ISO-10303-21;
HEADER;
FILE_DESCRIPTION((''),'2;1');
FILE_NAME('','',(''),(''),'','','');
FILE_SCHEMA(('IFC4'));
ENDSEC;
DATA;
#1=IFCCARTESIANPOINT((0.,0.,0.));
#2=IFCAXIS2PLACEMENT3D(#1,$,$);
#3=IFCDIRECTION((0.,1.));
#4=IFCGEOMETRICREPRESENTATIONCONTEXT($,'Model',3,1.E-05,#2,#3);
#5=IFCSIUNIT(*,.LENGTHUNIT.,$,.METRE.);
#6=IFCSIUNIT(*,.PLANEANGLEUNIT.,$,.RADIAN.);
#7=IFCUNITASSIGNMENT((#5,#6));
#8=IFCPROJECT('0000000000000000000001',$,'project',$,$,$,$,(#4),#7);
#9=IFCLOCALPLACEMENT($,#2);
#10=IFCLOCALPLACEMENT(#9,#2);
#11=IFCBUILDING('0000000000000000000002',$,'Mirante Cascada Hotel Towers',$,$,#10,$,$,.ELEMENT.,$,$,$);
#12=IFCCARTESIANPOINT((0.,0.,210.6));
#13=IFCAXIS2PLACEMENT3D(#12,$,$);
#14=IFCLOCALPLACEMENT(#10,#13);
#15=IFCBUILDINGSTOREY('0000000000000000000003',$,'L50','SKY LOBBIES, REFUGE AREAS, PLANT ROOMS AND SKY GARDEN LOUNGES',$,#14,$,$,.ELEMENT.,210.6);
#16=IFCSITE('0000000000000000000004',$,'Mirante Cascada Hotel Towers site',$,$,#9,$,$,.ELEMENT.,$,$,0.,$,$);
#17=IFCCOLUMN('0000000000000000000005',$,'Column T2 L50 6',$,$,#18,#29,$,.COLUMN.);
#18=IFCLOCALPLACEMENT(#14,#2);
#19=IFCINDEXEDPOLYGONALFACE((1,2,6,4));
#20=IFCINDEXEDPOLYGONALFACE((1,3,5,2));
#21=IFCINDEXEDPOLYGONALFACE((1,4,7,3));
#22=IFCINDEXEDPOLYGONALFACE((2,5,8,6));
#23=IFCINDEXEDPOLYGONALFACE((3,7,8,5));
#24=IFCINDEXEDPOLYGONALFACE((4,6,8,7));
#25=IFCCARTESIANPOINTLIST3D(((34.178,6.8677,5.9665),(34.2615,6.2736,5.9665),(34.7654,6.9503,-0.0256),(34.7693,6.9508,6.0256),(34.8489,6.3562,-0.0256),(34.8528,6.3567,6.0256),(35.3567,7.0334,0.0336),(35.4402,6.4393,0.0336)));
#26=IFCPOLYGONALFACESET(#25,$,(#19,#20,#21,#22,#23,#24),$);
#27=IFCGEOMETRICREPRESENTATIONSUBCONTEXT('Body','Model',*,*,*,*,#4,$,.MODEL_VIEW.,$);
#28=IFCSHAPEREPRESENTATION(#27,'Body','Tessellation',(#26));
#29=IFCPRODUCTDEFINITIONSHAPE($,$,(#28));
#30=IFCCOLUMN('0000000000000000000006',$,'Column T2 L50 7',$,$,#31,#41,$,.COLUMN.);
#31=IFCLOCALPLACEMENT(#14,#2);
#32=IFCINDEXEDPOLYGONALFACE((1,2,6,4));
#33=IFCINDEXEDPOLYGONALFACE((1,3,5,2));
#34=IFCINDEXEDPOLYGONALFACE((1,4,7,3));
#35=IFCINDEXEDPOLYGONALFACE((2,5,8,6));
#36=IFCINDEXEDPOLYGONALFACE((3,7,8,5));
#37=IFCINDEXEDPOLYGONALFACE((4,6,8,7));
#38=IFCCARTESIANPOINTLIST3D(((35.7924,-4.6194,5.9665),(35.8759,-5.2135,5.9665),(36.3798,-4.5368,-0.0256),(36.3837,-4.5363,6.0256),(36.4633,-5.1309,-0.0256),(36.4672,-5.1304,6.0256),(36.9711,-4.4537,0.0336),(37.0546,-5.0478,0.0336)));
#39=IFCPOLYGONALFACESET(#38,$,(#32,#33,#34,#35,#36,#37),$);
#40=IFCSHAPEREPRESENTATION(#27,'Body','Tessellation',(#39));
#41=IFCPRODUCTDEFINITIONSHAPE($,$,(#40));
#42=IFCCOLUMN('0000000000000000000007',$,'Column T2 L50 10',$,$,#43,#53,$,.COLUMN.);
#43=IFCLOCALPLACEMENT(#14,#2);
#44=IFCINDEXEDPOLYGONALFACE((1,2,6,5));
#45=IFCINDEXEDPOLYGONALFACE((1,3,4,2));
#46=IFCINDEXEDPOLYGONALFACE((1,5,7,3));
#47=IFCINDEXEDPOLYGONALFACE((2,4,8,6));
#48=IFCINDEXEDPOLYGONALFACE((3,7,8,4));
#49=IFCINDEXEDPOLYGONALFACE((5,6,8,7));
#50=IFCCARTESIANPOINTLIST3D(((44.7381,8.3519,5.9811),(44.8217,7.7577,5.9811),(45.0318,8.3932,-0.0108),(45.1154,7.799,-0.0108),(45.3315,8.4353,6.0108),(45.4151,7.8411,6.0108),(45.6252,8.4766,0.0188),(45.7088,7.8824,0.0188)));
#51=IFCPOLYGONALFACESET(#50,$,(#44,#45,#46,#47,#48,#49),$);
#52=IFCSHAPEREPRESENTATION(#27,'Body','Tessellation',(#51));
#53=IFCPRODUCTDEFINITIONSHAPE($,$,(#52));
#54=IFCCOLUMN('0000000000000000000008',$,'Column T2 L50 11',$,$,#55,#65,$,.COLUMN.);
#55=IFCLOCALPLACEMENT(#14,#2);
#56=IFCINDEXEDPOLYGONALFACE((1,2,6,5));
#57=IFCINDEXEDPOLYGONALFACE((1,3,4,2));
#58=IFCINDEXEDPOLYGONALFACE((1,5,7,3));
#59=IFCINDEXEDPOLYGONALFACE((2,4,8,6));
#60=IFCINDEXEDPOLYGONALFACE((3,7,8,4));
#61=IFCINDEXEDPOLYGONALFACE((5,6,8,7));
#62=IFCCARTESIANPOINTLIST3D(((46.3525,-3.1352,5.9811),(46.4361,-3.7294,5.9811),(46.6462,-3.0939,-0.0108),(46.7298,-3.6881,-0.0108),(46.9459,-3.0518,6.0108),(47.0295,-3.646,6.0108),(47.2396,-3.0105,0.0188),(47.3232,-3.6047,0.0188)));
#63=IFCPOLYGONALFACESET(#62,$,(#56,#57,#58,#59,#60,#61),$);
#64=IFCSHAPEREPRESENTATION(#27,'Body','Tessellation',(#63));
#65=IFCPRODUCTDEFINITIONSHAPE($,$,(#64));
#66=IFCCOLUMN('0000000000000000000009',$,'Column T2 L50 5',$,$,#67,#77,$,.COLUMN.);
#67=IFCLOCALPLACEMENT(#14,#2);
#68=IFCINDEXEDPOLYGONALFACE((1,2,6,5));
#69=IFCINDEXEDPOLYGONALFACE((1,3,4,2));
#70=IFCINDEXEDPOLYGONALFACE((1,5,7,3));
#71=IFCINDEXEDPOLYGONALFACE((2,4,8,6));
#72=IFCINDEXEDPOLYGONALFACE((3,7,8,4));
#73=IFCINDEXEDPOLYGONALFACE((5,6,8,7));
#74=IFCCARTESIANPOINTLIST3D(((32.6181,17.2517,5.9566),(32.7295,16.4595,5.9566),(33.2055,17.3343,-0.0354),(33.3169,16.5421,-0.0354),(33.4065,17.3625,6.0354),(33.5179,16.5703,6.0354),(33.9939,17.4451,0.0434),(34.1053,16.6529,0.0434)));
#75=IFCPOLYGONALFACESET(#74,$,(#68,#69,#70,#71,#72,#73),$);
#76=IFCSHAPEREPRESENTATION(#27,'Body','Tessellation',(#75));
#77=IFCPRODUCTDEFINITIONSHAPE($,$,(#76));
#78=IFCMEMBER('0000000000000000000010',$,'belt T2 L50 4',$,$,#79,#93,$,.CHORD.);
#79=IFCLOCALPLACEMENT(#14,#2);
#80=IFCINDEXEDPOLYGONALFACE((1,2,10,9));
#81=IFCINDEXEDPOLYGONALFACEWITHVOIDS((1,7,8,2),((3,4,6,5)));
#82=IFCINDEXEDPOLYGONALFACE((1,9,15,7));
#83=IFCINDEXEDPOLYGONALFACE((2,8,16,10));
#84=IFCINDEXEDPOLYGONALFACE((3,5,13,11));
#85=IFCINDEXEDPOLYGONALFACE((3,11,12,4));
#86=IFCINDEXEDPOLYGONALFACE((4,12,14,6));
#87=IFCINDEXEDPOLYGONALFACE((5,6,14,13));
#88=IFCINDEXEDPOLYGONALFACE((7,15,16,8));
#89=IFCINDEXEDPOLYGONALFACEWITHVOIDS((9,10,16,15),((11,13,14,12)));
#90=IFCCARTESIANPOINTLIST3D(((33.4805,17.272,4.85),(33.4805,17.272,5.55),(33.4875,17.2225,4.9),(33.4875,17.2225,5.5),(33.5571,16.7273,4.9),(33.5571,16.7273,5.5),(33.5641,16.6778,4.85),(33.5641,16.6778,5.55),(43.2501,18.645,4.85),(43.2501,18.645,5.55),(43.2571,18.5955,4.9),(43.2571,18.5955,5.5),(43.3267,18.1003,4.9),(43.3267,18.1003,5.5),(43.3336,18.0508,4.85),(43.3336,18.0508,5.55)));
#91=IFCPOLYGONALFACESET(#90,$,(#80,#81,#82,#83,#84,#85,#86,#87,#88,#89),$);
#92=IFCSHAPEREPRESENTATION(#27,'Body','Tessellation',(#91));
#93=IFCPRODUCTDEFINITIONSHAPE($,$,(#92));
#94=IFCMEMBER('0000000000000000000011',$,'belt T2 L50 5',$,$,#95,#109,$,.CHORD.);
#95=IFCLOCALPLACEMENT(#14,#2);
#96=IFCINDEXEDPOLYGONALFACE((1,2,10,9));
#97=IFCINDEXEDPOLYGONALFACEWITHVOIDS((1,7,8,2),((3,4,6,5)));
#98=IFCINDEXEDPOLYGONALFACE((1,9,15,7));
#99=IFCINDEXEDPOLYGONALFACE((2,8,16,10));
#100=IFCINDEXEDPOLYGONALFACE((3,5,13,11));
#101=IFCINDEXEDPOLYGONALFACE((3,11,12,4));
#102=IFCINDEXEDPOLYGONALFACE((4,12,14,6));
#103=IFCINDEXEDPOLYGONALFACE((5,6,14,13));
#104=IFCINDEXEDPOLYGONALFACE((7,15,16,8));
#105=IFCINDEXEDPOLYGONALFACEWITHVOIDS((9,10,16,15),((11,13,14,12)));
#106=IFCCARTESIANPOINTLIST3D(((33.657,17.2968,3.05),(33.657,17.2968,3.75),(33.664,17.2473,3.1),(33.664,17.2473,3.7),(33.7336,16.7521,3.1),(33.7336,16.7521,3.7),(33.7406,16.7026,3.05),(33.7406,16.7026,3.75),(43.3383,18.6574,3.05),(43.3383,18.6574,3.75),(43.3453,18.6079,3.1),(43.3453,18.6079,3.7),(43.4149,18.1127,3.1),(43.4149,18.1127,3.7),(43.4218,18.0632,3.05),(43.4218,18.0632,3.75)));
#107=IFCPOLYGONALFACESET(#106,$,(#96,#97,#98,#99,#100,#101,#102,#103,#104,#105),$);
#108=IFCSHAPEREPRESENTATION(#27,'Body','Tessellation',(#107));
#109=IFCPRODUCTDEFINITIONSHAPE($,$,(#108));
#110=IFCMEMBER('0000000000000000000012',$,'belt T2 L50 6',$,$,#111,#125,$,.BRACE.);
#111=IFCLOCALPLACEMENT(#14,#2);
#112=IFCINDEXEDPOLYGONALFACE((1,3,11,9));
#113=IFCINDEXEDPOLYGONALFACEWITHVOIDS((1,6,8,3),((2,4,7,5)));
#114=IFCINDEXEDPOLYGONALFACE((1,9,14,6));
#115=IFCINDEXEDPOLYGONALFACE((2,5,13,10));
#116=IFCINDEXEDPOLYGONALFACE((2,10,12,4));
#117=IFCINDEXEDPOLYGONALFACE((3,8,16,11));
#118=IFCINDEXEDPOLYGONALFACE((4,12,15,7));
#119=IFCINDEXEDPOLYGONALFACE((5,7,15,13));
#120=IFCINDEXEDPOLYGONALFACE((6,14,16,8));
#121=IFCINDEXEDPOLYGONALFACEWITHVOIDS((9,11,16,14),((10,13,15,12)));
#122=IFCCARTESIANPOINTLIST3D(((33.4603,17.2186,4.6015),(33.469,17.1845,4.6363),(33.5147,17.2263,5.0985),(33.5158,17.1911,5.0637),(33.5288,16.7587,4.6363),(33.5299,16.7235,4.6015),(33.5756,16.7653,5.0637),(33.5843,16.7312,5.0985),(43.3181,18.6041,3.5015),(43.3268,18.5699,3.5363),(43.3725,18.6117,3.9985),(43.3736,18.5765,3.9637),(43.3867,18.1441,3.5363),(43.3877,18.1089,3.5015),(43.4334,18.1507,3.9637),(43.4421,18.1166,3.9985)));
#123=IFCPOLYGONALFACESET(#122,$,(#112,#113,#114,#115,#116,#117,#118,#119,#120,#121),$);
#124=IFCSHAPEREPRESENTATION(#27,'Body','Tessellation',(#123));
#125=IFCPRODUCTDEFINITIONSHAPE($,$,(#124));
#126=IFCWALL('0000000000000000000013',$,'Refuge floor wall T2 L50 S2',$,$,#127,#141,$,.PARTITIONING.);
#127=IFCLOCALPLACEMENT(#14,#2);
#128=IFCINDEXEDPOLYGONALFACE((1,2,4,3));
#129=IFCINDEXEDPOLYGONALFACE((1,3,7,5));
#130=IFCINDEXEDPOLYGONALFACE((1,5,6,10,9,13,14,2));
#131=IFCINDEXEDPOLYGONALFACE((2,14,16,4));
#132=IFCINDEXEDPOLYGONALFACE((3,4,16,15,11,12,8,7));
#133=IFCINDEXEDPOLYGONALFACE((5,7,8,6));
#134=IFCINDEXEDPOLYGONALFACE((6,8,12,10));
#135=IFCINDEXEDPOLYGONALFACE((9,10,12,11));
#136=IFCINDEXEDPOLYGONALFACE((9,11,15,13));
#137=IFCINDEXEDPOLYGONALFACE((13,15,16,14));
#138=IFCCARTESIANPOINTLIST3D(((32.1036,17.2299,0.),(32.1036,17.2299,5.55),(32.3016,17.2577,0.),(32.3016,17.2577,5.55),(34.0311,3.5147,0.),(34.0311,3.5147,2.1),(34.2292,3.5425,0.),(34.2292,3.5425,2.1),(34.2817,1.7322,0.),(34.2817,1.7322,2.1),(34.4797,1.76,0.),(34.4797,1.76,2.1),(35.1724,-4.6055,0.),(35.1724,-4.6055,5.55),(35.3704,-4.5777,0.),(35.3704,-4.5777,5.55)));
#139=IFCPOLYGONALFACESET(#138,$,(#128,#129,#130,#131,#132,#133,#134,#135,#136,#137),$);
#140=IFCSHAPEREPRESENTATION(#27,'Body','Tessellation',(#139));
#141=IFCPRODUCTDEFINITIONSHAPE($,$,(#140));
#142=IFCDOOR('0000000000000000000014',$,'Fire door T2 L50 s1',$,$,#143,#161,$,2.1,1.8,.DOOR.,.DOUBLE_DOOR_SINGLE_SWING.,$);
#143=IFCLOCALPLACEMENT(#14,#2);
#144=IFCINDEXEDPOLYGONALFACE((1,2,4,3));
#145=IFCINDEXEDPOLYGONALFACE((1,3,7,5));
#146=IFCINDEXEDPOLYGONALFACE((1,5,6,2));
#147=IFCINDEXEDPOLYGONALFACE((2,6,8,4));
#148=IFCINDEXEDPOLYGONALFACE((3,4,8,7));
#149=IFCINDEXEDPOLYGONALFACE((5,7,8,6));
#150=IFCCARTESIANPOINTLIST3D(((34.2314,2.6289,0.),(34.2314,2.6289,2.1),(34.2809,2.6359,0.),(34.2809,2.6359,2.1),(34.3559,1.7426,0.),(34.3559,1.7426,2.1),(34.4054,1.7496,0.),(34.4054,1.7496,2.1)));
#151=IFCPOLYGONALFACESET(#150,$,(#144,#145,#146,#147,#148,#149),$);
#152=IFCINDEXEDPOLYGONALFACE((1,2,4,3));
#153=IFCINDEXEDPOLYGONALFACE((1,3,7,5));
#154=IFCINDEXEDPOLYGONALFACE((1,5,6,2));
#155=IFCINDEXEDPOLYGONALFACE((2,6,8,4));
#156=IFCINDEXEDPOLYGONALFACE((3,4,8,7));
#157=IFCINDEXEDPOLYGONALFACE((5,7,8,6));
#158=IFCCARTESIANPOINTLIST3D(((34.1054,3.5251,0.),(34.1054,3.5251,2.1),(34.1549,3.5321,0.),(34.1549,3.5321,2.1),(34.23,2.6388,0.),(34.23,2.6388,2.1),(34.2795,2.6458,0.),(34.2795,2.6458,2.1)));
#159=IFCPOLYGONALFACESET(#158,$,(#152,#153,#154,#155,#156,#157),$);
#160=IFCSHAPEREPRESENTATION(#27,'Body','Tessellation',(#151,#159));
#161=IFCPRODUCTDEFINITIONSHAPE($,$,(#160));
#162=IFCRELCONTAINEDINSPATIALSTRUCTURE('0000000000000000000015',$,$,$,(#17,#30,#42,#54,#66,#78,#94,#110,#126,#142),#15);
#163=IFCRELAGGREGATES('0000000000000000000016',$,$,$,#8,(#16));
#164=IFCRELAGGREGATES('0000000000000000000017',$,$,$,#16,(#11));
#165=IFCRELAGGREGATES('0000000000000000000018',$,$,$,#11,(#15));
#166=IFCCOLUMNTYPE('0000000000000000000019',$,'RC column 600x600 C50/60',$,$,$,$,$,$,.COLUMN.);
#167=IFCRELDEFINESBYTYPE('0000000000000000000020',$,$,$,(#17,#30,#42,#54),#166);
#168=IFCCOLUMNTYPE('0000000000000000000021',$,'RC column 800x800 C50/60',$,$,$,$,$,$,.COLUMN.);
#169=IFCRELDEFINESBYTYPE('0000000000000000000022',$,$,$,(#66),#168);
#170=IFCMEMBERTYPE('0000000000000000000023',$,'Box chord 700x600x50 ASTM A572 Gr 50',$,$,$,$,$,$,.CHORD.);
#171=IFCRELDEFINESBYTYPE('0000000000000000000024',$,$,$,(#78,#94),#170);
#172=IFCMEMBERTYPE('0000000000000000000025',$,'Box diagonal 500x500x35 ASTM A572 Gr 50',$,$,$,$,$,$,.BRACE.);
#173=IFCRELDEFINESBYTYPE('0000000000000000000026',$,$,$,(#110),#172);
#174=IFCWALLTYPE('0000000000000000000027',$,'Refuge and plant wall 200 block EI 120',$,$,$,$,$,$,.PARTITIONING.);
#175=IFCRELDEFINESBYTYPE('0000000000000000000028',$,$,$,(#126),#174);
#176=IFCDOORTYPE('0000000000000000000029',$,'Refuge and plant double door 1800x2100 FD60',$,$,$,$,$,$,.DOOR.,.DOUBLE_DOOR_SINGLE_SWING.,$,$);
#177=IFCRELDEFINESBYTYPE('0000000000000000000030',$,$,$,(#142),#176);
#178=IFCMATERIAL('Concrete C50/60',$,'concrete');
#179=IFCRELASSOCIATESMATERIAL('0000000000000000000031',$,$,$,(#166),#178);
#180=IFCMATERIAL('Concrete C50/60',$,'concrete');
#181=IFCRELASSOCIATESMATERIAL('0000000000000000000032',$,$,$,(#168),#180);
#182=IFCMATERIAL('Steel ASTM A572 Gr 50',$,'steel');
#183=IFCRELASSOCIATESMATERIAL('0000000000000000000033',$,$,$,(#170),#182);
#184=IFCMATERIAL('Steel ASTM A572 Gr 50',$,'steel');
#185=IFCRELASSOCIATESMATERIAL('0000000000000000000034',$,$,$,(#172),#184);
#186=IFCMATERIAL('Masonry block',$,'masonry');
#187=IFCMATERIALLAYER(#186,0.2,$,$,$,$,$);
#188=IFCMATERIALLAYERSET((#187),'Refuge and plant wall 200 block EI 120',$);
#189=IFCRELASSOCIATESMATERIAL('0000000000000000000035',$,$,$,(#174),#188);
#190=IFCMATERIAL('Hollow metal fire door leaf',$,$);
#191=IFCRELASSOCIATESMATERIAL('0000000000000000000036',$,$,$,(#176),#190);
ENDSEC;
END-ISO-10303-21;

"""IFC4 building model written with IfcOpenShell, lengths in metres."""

from ifc_helpers import new_model, si_unit, direction, frame, frame_2d, origin, origin_2d, place, context, subcontext, project, spatial, rectangle, hollow_rectangle, extrude, material, layer, layer_set, material_profile, profile_set, type_object, element, fill, save


model = new_model("IFC4")

# Units and contexts
model_context = context("Model", 3, precision=1e-05, world=origin(), true_north=direction((0.0, 1.0)))
body_context = subcontext(model_context, "Body", "Model", "MODEL_VIEW")
ifc_project = project(units=[si_unit("LENGTHUNIT", "METRE"), si_unit("PLANEANGLEUNIT", "RADIAN")], contexts=[model_context])

# Site, building, storey
site_placement = place(None, origin())
site = spatial("IfcSite", under=ifc_project, at=site_placement, Name="Mirante Cascada Hotel Towers site", CompositionType="ELEMENT", RefElevation=0.0)
building_placement = place(site_placement, origin())
building = spatial("IfcBuilding", under=site, at=building_placement, Name="Mirante Cascada Hotel Towers", CompositionType="ELEMENT")
storey_placement = place(building_placement, frame((0.0, 0.0, 210.6)))
storey = spatial("IfcBuildingStorey", under=building, at=storey_placement, Name="L50", Description="SKY LOBBIES, REFUGE AREAS, PLANT ROOMS AND SKY GARDEN LOUNGES", CompositionType="ELEMENT", Elevation=210.6)

# Columns
ifc_material_1 = material(Name="Concrete C50/60", Category="concrete")
ifc_material_profile_1 = material_profile(ifc_material_1, rectangle(XDim=0.6, YDim=0.6, at=origin_2d()), Name="RC column 600x600 C50/60")
ifc_profile_set_1 = profile_set([ifc_material_profile_1], Name="Concrete C50/60")
column_type_1 = type_object("IfcColumnType", Name="RC column 600x600 C50/60", PredefinedType="COLUMN", material=ifc_profile_set_1)
for number, where, z_axis, x_axis, name in (
    (1, (35.1028, 6.6948, 0.004), (-0.097554, -0.013718, 0.995136), (0.13925, -0.990257, 0.0), "Column T2 L50 6"),
    (2, (36.7172, -4.7923, 0.004), (-0.097554, -0.013718, 0.995136), (0.13925, -0.990257, 0.0), "Column T2 L50 7"),
):
    element("IfcColumn", number, at=place(storey_placement, frame(where, z_axis=z_axis, x_axis=x_axis)), inside=storey, type_object=column_type_1, Name=name, PredefinedType="COLUMN", context=body_context, shape_type="SweptSolid", body=[
        extrude(rectangle(XDim=0.6, YDim=0.6, at=origin_2d()), origin(), (0.0, 0.0, 1.0), 6.0213),
    ])
for number, where, z_axis, x_axis, name in (
    (3, (45.3703, 8.1378, 0.004), (-0.048955, -0.006884, 0.998777), (0.13925, -0.990257, 0.0), "Column T2 L50 10"),
    (4, (46.9847, -3.3493, 0.004), (-0.048955, -0.006884, 0.998777), (0.13925, -0.990257, 0.0), "Column T2 L50 11"),
):
    element("IfcColumn", number, at=place(storey_placement, frame(where, z_axis=z_axis, x_axis=x_axis)), inside=storey, type_object=column_type_1, Name=name, PredefinedType="COLUMN", context=body_context, shape_type="SweptSolid", body=[
        extrude(rectangle(XDim=0.6, YDim=0.6, at=origin_2d()), origin(), (0.0, 0.0, 1.0), 5.9993),
    ])
ifc_material_2 = material(Name="Concrete C50/60", Category="concrete")
ifc_material_profile_2 = material_profile(ifc_material_2, rectangle(XDim=0.8, YDim=0.8, at=origin_2d()), Name="RC column 800x800 C50/60")
ifc_profile_set_2 = profile_set([ifc_material_profile_2], Name="Concrete C50/60")
column_type_2 = type_object("IfcColumnType", Name="RC column 800x800 C50/60", PredefinedType="COLUMN", material=ifc_profile_set_2)
column_placement = place(storey_placement, frame((33.6554, 16.9936, 0.004), z_axis=(-0.097554, -0.013718, 0.995136), x_axis=(0.13925, -0.990257, 0.0)))
element("IfcColumn", 5, at=column_placement, inside=storey, type_object=column_type_2, Name="Column T2 L50 5", PredefinedType="COLUMN", context=body_context, shape_type="SweptSolid", body=[
    extrude(rectangle(XDim=0.8, YDim=0.8, at=origin_2d()), origin(), (0.0, 0.0, 1.0), 6.0213),
])

# Members
ifc_material_3 = material(Name="Steel ASTM A572 Gr 50", Category="steel")
ifc_material_profile_3 = material_profile(ifc_material_3, hollow_rectangle(XDim=0.6, YDim=0.7, WallThickness=0.05, at=origin_2d()), Name="Box chord 700x600x50 ASTM A572 Gr 50")
ifc_profile_set_3 = profile_set([ifc_material_profile_3], Name="Steel ASTM A572 Gr 50")
member_type_1 = type_object("IfcMemberType", Name="Box chord 700x600x50 ASTM A572 Gr 50", PredefinedType="CHORD", material=ifc_profile_set_3)
member_1_placement = place(storey_placement, frame((33.5223, 16.9749, 5.2), z_axis=(0.990268, 0.13917, 0.0), x_axis=(-0.13917, 0.990268, 0.0)))
element("IfcMember", 6, at=member_1_placement, inside=storey, type_object=member_type_1, Name="belt T2 L50 4", PredefinedType="CHORD", context=body_context, shape_type="SweptSolid", body=[
    extrude(hollow_rectangle(XDim=0.6, YDim=0.7, WallThickness=0.05, at=origin_2d()), origin(), (0.0, 0.0, 1.0), 9.8656),
])
member_2_placement = place(storey_placement, frame((33.6988, 16.9997, 3.4), z_axis=(0.990268, 0.139171, 0.0), x_axis=(-0.139171, 0.990268, 0.0)))
element("IfcMember", 7, at=member_2_placement, inside=storey, type_object=member_type_1, Name="belt T2 L50 5", PredefinedType="CHORD", context=body_context, shape_type="SweptSolid", body=[
    extrude(hollow_rectangle(XDim=0.6, YDim=0.7, WallThickness=0.05, at=origin_2d()), origin(), (0.0, 0.0, 1.0), 9.7764),
])
ifc_material_4 = material(Name="Steel ASTM A572 Gr 50", Category="steel")
ifc_material_profile_4 = material_profile(ifc_material_4, hollow_rectangle(XDim=0.5, YDim=0.5, WallThickness=0.035, at=origin_2d()), Name="Box diagonal 500x500x35 ASTM A572 Gr 50")
ifc_profile_set_4 = profile_set([ifc_material_profile_4], Name="Steel ASTM A572 Gr 50")
member_type_2 = type_object("IfcMemberType", Name="Box diagonal 500x500x35 ASTM A572 Gr 50", PredefinedType="BRACE", material=ifc_profile_set_4)
member_3_placement = place(storey_placement, frame((33.5223, 16.9749, 4.85), z_axis=(0.984277, 0.138329, -0.109832), x_axis=(-0.139171, 0.990268, 0.0)))
element("IfcMember", 8, at=member_3_placement, inside=storey, type_object=member_type_2, Name="belt T2 L50 6", PredefinedType="BRACE", context=body_context, shape_type="SweptSolid", body=[
    extrude(hollow_rectangle(XDim=0.5, YDim=0.5, WallThickness=0.035, at=origin_2d()), origin(), (0.0, 0.0, 1.0), 10.0153),
])

# Wall, opening, door
ifc_material_5 = material(Name="Masonry block", Category="masonry")
ifc_layer_1 = layer(ifc_material_5, 0.2)
ifc_layer_set_1 = layer_set([ifc_layer_1], Name="Refuge and plant wall 200 block EI 120")
wall_type_1 = type_object("IfcWallType", Name="Refuge and plant wall 200 block EI 120", PredefinedType="PARTITIONING", material=ifc_layer_set_1)
wall_1_placement = place(storey_placement, frame((35.2714, -4.5916, 0.0), z_axis=(0.0, 0.0, 1.0), x_axis=(-0.139175, 0.990268, 0.0)))
wall_1 = element("IfcWall", 9, at=wall_1_placement, inside=storey, type_object=wall_type_1, Name="Refuge floor wall T2 L50 S2", PredefinedType="PARTITIONING", context=body_context, shape_type="SweptSolid", body=[
    extrude(rectangle(XDim=22.05, YDim=0.2, at=frame_2d((11.025, 0.0))), origin(), (0.0, 0.0, 1.0), 5.55),
])
opening_1_placement = place(wall_1_placement, frame((6.4, 0.0, 0.0)))
opening_1 = element("IfcOpeningElement", 10, at=opening_1_placement, cuts=wall_1, PredefinedType="OPENING", context=body_context, shape_type="SweptSolid", body=[
    extrude(rectangle(XDim=1.8, YDim=2.1, at=frame_2d((0.9, 1.05))), frame((0.0, 0.1, 0.0), z_axis=(0.0, -1.0, 0.0), x_axis=(1.0, 0.0, 0.0)), (0.0, 0.0, 1.0), 0.2),
])
ifc_material_6 = material(Name="Hollow metal fire door leaf")
door_type_1 = type_object("IfcDoorType", Name="Refuge and plant double door 1800x2100 FD60", OperationType="DOUBLE_DOOR_SINGLE_SWING", PredefinedType="DOOR", material=ifc_material_6)
door_1_placement = place(opening_1_placement, origin())
door_1 = element("IfcDoor", 11, at=door_1_placement, inside=storey, type_object=door_type_1, Name="Fire door T2 L50 s1", OperationType="DOUBLE_DOOR_SINGLE_SWING", OverallHeight=2.1, OverallWidth=1.8, PredefinedType="DOOR", context=body_context, shape_type="SweptSolid", body=[
    extrude(rectangle(XDim=0.895, YDim=2.1, at=frame_2d((0.4475, 1.05))), frame((0.0, 0.025, 0.0), z_axis=(0.0, -1.0, 0.0), x_axis=(1.0, 0.0, 0.0)), (0.0, 0.0, 1.0), 0.05),
    extrude(rectangle(XDim=0.895, YDim=2.1, at=frame_2d((1.3525, 1.05))), frame((0.0, 0.025, 0.0), z_axis=(0.0, -1.0, 0.0), x_axis=(1.0, 0.0, 0.0)), (0.0, 0.0, 1.0), 0.05),
])
fill(opening_1, door_1)

save(model, "model.ifc")
